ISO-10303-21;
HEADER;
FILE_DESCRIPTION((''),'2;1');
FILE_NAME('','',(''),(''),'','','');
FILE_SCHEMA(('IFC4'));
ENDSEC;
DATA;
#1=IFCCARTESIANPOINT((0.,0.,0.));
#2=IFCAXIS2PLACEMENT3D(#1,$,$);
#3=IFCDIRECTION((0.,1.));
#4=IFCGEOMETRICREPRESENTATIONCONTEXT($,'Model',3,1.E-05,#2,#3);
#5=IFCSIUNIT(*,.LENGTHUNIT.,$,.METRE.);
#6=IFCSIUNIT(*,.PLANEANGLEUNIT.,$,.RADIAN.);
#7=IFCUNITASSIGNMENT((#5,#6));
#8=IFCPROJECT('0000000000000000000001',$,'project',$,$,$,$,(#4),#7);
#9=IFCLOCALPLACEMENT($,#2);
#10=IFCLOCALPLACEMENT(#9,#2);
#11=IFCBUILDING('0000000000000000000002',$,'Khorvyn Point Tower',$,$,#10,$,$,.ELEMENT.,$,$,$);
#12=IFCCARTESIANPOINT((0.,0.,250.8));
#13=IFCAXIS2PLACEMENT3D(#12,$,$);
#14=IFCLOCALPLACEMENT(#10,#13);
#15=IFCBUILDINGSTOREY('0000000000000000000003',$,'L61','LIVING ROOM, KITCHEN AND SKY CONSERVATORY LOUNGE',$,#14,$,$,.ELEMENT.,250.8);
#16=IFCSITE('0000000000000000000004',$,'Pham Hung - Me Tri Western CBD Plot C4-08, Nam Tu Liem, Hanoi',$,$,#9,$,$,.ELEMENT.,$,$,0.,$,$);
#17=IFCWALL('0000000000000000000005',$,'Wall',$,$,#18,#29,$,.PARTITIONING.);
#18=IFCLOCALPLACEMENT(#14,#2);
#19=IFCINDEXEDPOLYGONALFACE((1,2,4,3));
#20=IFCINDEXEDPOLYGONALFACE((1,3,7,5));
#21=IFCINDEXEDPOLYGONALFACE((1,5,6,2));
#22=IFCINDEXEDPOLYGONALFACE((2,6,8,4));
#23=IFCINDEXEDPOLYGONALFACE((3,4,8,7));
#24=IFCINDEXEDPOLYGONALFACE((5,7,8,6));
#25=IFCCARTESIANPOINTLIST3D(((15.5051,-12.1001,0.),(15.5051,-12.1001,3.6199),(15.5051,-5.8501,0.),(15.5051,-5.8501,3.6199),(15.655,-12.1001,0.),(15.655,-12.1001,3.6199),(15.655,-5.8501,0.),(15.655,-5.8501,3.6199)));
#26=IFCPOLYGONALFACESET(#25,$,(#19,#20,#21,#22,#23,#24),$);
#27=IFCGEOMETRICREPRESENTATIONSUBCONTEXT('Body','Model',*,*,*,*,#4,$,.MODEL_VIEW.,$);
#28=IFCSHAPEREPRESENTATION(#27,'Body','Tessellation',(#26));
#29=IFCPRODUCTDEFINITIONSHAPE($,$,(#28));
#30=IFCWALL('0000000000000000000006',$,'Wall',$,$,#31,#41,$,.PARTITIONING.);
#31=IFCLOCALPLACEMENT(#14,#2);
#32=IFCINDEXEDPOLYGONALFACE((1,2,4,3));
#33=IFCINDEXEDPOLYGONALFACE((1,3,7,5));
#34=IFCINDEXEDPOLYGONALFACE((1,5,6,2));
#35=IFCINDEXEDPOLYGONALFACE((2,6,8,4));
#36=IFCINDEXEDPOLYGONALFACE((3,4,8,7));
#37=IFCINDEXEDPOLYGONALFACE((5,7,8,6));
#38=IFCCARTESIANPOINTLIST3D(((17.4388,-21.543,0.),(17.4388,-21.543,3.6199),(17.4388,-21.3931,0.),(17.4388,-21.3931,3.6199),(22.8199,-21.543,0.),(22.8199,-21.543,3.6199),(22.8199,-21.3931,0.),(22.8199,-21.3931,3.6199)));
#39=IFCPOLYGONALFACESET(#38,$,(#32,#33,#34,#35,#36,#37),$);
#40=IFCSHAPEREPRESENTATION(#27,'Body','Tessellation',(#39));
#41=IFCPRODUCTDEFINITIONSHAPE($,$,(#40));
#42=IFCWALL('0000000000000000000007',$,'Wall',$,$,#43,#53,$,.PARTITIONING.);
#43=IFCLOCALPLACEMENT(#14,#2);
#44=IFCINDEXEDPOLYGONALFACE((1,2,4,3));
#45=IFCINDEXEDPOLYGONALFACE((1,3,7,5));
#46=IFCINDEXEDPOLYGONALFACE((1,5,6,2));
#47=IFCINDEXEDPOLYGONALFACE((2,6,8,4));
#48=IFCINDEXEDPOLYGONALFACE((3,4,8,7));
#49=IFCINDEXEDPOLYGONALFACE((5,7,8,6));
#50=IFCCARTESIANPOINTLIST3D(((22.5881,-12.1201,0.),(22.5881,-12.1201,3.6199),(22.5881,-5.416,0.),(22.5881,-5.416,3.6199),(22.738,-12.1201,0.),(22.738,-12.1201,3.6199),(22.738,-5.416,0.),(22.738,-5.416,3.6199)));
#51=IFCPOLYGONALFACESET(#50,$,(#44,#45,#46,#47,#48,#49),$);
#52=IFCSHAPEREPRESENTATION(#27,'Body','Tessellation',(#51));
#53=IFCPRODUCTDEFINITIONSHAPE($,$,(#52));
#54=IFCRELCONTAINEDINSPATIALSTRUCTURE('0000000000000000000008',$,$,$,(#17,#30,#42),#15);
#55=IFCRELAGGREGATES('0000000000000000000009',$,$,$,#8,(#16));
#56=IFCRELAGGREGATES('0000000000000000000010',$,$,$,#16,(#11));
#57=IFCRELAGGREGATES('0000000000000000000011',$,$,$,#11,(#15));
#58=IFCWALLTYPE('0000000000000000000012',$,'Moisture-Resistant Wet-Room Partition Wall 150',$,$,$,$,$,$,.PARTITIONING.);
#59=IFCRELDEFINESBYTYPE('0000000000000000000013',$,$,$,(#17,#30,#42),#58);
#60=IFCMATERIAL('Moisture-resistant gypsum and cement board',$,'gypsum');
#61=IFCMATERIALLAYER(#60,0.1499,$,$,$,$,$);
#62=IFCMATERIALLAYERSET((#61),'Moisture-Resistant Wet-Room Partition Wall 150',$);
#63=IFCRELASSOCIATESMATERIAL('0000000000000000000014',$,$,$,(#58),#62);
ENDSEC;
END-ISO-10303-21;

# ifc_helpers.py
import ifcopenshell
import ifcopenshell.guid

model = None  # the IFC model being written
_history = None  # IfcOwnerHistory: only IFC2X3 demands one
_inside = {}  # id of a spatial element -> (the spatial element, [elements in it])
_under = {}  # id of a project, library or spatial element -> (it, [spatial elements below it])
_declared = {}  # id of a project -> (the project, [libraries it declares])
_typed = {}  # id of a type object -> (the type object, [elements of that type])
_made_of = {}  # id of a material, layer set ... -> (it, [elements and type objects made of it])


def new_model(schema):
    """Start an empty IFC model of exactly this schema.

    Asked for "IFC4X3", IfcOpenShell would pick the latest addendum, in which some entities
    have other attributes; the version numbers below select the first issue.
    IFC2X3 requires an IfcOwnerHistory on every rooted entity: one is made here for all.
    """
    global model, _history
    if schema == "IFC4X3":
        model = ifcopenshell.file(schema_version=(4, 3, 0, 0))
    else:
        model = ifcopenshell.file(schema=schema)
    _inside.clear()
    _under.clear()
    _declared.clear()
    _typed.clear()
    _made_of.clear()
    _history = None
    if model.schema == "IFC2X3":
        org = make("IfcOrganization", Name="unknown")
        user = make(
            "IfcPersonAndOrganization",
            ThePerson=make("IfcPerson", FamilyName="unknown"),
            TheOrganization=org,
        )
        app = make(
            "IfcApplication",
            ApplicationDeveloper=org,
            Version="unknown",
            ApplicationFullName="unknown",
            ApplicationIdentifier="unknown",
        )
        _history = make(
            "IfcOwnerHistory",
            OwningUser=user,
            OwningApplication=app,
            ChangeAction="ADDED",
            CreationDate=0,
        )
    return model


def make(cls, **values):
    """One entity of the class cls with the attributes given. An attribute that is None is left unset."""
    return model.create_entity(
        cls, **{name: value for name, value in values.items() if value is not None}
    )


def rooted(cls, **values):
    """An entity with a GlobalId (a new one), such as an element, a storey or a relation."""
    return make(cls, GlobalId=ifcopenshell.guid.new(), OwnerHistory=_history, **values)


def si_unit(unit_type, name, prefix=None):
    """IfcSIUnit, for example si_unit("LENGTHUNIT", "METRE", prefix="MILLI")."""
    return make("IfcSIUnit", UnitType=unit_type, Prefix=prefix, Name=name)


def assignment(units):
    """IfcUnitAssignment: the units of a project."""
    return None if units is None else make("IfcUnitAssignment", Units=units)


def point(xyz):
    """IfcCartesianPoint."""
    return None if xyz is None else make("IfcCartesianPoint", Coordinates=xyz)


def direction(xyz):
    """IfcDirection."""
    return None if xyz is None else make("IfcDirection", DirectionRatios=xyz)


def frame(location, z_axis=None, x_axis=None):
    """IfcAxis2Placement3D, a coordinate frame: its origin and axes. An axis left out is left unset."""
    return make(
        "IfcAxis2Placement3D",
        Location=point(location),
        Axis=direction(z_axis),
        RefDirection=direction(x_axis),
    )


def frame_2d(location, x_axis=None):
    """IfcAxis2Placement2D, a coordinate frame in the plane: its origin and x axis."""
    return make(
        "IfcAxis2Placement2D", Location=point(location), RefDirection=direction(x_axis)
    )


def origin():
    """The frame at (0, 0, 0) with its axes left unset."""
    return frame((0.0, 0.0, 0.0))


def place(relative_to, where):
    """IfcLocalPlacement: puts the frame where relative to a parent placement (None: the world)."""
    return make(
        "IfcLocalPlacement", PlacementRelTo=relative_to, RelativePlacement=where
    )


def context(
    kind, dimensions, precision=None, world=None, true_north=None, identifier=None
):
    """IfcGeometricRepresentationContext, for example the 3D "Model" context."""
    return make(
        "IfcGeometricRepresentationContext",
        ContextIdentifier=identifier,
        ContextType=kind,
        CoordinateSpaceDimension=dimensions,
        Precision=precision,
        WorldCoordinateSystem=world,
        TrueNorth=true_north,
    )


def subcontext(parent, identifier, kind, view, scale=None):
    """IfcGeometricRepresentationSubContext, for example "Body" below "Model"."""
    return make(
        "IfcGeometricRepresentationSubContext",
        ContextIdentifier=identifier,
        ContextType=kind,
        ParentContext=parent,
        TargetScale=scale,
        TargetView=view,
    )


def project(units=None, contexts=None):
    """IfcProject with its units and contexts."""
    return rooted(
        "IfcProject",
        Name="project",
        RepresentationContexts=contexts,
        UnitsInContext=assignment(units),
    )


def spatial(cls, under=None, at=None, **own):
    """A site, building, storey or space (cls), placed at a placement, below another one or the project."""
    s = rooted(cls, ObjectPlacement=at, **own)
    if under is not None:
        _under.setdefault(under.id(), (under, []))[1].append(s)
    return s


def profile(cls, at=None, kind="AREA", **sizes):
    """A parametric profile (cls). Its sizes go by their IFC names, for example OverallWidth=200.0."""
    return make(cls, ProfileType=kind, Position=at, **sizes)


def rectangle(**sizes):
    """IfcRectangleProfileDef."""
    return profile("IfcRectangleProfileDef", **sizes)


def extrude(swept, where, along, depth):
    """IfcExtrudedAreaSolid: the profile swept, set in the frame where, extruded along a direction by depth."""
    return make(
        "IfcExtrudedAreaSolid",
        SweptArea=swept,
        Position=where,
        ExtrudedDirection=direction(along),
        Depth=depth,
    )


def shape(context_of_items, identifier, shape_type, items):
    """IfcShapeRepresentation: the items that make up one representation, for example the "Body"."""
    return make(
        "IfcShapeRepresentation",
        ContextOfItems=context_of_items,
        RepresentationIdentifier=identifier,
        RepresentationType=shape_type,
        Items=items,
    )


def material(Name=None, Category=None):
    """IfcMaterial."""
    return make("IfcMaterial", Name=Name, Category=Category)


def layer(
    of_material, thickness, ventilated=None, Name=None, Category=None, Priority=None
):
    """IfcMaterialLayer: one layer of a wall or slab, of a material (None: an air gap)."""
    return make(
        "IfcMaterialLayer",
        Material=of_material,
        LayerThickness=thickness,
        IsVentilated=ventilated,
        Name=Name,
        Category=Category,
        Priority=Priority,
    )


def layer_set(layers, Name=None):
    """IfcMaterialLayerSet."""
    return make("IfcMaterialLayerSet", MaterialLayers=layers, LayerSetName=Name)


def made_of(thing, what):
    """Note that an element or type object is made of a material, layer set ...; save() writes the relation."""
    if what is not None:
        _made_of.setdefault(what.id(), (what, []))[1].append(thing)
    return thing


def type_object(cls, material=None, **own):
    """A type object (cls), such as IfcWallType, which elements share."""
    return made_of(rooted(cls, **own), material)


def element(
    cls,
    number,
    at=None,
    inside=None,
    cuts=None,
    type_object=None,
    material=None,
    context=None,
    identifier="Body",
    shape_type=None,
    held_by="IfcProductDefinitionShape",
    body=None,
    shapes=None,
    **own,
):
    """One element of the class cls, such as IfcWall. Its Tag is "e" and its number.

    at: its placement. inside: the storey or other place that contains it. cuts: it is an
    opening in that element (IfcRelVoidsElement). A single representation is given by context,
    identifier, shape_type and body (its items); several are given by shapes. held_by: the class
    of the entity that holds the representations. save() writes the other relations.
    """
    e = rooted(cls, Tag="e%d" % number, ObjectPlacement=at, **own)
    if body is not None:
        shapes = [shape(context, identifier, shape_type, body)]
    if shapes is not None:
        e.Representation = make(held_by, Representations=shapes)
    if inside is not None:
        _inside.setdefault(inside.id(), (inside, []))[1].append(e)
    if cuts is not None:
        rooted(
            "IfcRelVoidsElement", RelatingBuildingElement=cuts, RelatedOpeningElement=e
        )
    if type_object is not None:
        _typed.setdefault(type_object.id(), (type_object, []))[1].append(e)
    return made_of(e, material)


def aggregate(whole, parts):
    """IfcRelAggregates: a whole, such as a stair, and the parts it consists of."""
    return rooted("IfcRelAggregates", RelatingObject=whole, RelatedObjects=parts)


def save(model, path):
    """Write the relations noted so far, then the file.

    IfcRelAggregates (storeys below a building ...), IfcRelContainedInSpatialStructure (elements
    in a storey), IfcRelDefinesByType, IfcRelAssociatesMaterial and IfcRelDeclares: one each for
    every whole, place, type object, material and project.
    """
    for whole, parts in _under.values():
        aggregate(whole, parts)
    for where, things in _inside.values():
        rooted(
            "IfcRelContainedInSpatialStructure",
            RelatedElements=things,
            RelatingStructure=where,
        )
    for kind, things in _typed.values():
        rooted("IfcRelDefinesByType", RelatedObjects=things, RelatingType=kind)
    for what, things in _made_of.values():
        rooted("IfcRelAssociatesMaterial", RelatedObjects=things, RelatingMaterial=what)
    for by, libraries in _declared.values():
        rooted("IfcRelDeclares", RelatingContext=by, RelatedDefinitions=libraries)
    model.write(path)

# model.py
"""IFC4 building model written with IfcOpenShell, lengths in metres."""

from ifc_helpers import new_model, si_unit, direction, frame, frame_2d, origin, place, context, subcontext, project, spatial, rectangle, extrude, material, layer, layer_set, type_object, element, save


model = new_model("IFC4")

# Units and contexts
model_context = context("Model", 3, precision=1e-05, world=origin(), true_north=direction((0.0, 1.0)))
body_context = subcontext(model_context, "Body", "Model", "MODEL_VIEW")
ifc_project = project(units=[si_unit("LENGTHUNIT", "METRE"), si_unit("PLANEANGLEUNIT", "RADIAN")], contexts=[model_context])

# Site, building, storey
site_placement = place(None, origin())
site = spatial("IfcSite", under=ifc_project, at=site_placement, Name="Pham Hung - Me Tri Western CBD Plot C4-08, Nam Tu Liem, Hanoi", CompositionType="ELEMENT", RefElevation=0.0)
building_placement = place(site_placement, origin())
building = spatial("IfcBuilding", under=site, at=building_placement, Name="Khorvyn Point Tower", CompositionType="ELEMENT")
storey_placement = place(building_placement, frame((0.0, 0.0, 250.8)))
storey = spatial("IfcBuildingStorey", under=building, at=storey_placement, Name="L61", Description="LIVING ROOM, KITCHEN AND SKY CONSERVATORY LOUNGE", CompositionType="ELEMENT", Elevation=250.8)

# Walls
ifc_material_1 = material(Name="Moisture-resistant gypsum and cement board", Category="gypsum")
ifc_layer_1 = layer(ifc_material_1, 0.1499)
ifc_layer_set_1 = layer_set([ifc_layer_1], Name="Moisture-Resistant Wet-Room Partition Wall 150")
wall_type_1 = type_object("IfcWallType", Name="Moisture-Resistant Wet-Room Partition Wall 150", PredefinedType="PARTITIONING", material=ifc_layer_set_1)
wall_1_placement = place(storey_placement, frame((15.5801, -12.1001, 0.0), z_axis=(0.0, 0.0, 1.0), x_axis=(0.0, 1.0, 0.0)))
element("IfcWall", 1, at=wall_1_placement, inside=storey, type_object=wall_type_1, Name="Wall", PredefinedType="PARTITIONING", context=body_context, shape_type="SweptSolid", body=[
    extrude(rectangle(XDim=6.25, YDim=0.1499, at=frame_2d((3.125, 0.0))), origin(), (0.0, 0.0, 1.0), 3.6199),
])
wall_2_placement = place(storey_placement, frame((17.439, -21.468, 0.0), z_axis=(0.0, 0.0, 1.0), x_axis=(1.0, 0.0, 0.0)))
element("IfcWall", 2, at=wall_2_placement, inside=storey, type_object=wall_type_1, Name="Wall", PredefinedType="PARTITIONING", context=body_context, shape_type="SweptSolid", body=[
    extrude(rectangle(XDim=5.3811, YDim=0.1499, at=frame_2d((2.6904, 0.0))), origin(), (0.0, 0.0, 1.0), 3.6199),
])
wall_3_placement = place(storey_placement, frame((22.6631, -12.1201, 0.0), z_axis=(0.0, 0.0, 1.0), x_axis=(0.0, 1.0, 0.0)))
element("IfcWall", 3, at=wall_3_placement, inside=storey, type_object=wall_type_1, Name="Wall", PredefinedType="PARTITIONING", context=body_context, shape_type="SweptSolid", body=[
    extrude(rectangle(XDim=6.7041, YDim=0.1499, at=frame_2d((3.3521, 0.0))), origin(), (0.0, 0.0, 1.0), 3.6199),
])

save(model, "model.ifc")
